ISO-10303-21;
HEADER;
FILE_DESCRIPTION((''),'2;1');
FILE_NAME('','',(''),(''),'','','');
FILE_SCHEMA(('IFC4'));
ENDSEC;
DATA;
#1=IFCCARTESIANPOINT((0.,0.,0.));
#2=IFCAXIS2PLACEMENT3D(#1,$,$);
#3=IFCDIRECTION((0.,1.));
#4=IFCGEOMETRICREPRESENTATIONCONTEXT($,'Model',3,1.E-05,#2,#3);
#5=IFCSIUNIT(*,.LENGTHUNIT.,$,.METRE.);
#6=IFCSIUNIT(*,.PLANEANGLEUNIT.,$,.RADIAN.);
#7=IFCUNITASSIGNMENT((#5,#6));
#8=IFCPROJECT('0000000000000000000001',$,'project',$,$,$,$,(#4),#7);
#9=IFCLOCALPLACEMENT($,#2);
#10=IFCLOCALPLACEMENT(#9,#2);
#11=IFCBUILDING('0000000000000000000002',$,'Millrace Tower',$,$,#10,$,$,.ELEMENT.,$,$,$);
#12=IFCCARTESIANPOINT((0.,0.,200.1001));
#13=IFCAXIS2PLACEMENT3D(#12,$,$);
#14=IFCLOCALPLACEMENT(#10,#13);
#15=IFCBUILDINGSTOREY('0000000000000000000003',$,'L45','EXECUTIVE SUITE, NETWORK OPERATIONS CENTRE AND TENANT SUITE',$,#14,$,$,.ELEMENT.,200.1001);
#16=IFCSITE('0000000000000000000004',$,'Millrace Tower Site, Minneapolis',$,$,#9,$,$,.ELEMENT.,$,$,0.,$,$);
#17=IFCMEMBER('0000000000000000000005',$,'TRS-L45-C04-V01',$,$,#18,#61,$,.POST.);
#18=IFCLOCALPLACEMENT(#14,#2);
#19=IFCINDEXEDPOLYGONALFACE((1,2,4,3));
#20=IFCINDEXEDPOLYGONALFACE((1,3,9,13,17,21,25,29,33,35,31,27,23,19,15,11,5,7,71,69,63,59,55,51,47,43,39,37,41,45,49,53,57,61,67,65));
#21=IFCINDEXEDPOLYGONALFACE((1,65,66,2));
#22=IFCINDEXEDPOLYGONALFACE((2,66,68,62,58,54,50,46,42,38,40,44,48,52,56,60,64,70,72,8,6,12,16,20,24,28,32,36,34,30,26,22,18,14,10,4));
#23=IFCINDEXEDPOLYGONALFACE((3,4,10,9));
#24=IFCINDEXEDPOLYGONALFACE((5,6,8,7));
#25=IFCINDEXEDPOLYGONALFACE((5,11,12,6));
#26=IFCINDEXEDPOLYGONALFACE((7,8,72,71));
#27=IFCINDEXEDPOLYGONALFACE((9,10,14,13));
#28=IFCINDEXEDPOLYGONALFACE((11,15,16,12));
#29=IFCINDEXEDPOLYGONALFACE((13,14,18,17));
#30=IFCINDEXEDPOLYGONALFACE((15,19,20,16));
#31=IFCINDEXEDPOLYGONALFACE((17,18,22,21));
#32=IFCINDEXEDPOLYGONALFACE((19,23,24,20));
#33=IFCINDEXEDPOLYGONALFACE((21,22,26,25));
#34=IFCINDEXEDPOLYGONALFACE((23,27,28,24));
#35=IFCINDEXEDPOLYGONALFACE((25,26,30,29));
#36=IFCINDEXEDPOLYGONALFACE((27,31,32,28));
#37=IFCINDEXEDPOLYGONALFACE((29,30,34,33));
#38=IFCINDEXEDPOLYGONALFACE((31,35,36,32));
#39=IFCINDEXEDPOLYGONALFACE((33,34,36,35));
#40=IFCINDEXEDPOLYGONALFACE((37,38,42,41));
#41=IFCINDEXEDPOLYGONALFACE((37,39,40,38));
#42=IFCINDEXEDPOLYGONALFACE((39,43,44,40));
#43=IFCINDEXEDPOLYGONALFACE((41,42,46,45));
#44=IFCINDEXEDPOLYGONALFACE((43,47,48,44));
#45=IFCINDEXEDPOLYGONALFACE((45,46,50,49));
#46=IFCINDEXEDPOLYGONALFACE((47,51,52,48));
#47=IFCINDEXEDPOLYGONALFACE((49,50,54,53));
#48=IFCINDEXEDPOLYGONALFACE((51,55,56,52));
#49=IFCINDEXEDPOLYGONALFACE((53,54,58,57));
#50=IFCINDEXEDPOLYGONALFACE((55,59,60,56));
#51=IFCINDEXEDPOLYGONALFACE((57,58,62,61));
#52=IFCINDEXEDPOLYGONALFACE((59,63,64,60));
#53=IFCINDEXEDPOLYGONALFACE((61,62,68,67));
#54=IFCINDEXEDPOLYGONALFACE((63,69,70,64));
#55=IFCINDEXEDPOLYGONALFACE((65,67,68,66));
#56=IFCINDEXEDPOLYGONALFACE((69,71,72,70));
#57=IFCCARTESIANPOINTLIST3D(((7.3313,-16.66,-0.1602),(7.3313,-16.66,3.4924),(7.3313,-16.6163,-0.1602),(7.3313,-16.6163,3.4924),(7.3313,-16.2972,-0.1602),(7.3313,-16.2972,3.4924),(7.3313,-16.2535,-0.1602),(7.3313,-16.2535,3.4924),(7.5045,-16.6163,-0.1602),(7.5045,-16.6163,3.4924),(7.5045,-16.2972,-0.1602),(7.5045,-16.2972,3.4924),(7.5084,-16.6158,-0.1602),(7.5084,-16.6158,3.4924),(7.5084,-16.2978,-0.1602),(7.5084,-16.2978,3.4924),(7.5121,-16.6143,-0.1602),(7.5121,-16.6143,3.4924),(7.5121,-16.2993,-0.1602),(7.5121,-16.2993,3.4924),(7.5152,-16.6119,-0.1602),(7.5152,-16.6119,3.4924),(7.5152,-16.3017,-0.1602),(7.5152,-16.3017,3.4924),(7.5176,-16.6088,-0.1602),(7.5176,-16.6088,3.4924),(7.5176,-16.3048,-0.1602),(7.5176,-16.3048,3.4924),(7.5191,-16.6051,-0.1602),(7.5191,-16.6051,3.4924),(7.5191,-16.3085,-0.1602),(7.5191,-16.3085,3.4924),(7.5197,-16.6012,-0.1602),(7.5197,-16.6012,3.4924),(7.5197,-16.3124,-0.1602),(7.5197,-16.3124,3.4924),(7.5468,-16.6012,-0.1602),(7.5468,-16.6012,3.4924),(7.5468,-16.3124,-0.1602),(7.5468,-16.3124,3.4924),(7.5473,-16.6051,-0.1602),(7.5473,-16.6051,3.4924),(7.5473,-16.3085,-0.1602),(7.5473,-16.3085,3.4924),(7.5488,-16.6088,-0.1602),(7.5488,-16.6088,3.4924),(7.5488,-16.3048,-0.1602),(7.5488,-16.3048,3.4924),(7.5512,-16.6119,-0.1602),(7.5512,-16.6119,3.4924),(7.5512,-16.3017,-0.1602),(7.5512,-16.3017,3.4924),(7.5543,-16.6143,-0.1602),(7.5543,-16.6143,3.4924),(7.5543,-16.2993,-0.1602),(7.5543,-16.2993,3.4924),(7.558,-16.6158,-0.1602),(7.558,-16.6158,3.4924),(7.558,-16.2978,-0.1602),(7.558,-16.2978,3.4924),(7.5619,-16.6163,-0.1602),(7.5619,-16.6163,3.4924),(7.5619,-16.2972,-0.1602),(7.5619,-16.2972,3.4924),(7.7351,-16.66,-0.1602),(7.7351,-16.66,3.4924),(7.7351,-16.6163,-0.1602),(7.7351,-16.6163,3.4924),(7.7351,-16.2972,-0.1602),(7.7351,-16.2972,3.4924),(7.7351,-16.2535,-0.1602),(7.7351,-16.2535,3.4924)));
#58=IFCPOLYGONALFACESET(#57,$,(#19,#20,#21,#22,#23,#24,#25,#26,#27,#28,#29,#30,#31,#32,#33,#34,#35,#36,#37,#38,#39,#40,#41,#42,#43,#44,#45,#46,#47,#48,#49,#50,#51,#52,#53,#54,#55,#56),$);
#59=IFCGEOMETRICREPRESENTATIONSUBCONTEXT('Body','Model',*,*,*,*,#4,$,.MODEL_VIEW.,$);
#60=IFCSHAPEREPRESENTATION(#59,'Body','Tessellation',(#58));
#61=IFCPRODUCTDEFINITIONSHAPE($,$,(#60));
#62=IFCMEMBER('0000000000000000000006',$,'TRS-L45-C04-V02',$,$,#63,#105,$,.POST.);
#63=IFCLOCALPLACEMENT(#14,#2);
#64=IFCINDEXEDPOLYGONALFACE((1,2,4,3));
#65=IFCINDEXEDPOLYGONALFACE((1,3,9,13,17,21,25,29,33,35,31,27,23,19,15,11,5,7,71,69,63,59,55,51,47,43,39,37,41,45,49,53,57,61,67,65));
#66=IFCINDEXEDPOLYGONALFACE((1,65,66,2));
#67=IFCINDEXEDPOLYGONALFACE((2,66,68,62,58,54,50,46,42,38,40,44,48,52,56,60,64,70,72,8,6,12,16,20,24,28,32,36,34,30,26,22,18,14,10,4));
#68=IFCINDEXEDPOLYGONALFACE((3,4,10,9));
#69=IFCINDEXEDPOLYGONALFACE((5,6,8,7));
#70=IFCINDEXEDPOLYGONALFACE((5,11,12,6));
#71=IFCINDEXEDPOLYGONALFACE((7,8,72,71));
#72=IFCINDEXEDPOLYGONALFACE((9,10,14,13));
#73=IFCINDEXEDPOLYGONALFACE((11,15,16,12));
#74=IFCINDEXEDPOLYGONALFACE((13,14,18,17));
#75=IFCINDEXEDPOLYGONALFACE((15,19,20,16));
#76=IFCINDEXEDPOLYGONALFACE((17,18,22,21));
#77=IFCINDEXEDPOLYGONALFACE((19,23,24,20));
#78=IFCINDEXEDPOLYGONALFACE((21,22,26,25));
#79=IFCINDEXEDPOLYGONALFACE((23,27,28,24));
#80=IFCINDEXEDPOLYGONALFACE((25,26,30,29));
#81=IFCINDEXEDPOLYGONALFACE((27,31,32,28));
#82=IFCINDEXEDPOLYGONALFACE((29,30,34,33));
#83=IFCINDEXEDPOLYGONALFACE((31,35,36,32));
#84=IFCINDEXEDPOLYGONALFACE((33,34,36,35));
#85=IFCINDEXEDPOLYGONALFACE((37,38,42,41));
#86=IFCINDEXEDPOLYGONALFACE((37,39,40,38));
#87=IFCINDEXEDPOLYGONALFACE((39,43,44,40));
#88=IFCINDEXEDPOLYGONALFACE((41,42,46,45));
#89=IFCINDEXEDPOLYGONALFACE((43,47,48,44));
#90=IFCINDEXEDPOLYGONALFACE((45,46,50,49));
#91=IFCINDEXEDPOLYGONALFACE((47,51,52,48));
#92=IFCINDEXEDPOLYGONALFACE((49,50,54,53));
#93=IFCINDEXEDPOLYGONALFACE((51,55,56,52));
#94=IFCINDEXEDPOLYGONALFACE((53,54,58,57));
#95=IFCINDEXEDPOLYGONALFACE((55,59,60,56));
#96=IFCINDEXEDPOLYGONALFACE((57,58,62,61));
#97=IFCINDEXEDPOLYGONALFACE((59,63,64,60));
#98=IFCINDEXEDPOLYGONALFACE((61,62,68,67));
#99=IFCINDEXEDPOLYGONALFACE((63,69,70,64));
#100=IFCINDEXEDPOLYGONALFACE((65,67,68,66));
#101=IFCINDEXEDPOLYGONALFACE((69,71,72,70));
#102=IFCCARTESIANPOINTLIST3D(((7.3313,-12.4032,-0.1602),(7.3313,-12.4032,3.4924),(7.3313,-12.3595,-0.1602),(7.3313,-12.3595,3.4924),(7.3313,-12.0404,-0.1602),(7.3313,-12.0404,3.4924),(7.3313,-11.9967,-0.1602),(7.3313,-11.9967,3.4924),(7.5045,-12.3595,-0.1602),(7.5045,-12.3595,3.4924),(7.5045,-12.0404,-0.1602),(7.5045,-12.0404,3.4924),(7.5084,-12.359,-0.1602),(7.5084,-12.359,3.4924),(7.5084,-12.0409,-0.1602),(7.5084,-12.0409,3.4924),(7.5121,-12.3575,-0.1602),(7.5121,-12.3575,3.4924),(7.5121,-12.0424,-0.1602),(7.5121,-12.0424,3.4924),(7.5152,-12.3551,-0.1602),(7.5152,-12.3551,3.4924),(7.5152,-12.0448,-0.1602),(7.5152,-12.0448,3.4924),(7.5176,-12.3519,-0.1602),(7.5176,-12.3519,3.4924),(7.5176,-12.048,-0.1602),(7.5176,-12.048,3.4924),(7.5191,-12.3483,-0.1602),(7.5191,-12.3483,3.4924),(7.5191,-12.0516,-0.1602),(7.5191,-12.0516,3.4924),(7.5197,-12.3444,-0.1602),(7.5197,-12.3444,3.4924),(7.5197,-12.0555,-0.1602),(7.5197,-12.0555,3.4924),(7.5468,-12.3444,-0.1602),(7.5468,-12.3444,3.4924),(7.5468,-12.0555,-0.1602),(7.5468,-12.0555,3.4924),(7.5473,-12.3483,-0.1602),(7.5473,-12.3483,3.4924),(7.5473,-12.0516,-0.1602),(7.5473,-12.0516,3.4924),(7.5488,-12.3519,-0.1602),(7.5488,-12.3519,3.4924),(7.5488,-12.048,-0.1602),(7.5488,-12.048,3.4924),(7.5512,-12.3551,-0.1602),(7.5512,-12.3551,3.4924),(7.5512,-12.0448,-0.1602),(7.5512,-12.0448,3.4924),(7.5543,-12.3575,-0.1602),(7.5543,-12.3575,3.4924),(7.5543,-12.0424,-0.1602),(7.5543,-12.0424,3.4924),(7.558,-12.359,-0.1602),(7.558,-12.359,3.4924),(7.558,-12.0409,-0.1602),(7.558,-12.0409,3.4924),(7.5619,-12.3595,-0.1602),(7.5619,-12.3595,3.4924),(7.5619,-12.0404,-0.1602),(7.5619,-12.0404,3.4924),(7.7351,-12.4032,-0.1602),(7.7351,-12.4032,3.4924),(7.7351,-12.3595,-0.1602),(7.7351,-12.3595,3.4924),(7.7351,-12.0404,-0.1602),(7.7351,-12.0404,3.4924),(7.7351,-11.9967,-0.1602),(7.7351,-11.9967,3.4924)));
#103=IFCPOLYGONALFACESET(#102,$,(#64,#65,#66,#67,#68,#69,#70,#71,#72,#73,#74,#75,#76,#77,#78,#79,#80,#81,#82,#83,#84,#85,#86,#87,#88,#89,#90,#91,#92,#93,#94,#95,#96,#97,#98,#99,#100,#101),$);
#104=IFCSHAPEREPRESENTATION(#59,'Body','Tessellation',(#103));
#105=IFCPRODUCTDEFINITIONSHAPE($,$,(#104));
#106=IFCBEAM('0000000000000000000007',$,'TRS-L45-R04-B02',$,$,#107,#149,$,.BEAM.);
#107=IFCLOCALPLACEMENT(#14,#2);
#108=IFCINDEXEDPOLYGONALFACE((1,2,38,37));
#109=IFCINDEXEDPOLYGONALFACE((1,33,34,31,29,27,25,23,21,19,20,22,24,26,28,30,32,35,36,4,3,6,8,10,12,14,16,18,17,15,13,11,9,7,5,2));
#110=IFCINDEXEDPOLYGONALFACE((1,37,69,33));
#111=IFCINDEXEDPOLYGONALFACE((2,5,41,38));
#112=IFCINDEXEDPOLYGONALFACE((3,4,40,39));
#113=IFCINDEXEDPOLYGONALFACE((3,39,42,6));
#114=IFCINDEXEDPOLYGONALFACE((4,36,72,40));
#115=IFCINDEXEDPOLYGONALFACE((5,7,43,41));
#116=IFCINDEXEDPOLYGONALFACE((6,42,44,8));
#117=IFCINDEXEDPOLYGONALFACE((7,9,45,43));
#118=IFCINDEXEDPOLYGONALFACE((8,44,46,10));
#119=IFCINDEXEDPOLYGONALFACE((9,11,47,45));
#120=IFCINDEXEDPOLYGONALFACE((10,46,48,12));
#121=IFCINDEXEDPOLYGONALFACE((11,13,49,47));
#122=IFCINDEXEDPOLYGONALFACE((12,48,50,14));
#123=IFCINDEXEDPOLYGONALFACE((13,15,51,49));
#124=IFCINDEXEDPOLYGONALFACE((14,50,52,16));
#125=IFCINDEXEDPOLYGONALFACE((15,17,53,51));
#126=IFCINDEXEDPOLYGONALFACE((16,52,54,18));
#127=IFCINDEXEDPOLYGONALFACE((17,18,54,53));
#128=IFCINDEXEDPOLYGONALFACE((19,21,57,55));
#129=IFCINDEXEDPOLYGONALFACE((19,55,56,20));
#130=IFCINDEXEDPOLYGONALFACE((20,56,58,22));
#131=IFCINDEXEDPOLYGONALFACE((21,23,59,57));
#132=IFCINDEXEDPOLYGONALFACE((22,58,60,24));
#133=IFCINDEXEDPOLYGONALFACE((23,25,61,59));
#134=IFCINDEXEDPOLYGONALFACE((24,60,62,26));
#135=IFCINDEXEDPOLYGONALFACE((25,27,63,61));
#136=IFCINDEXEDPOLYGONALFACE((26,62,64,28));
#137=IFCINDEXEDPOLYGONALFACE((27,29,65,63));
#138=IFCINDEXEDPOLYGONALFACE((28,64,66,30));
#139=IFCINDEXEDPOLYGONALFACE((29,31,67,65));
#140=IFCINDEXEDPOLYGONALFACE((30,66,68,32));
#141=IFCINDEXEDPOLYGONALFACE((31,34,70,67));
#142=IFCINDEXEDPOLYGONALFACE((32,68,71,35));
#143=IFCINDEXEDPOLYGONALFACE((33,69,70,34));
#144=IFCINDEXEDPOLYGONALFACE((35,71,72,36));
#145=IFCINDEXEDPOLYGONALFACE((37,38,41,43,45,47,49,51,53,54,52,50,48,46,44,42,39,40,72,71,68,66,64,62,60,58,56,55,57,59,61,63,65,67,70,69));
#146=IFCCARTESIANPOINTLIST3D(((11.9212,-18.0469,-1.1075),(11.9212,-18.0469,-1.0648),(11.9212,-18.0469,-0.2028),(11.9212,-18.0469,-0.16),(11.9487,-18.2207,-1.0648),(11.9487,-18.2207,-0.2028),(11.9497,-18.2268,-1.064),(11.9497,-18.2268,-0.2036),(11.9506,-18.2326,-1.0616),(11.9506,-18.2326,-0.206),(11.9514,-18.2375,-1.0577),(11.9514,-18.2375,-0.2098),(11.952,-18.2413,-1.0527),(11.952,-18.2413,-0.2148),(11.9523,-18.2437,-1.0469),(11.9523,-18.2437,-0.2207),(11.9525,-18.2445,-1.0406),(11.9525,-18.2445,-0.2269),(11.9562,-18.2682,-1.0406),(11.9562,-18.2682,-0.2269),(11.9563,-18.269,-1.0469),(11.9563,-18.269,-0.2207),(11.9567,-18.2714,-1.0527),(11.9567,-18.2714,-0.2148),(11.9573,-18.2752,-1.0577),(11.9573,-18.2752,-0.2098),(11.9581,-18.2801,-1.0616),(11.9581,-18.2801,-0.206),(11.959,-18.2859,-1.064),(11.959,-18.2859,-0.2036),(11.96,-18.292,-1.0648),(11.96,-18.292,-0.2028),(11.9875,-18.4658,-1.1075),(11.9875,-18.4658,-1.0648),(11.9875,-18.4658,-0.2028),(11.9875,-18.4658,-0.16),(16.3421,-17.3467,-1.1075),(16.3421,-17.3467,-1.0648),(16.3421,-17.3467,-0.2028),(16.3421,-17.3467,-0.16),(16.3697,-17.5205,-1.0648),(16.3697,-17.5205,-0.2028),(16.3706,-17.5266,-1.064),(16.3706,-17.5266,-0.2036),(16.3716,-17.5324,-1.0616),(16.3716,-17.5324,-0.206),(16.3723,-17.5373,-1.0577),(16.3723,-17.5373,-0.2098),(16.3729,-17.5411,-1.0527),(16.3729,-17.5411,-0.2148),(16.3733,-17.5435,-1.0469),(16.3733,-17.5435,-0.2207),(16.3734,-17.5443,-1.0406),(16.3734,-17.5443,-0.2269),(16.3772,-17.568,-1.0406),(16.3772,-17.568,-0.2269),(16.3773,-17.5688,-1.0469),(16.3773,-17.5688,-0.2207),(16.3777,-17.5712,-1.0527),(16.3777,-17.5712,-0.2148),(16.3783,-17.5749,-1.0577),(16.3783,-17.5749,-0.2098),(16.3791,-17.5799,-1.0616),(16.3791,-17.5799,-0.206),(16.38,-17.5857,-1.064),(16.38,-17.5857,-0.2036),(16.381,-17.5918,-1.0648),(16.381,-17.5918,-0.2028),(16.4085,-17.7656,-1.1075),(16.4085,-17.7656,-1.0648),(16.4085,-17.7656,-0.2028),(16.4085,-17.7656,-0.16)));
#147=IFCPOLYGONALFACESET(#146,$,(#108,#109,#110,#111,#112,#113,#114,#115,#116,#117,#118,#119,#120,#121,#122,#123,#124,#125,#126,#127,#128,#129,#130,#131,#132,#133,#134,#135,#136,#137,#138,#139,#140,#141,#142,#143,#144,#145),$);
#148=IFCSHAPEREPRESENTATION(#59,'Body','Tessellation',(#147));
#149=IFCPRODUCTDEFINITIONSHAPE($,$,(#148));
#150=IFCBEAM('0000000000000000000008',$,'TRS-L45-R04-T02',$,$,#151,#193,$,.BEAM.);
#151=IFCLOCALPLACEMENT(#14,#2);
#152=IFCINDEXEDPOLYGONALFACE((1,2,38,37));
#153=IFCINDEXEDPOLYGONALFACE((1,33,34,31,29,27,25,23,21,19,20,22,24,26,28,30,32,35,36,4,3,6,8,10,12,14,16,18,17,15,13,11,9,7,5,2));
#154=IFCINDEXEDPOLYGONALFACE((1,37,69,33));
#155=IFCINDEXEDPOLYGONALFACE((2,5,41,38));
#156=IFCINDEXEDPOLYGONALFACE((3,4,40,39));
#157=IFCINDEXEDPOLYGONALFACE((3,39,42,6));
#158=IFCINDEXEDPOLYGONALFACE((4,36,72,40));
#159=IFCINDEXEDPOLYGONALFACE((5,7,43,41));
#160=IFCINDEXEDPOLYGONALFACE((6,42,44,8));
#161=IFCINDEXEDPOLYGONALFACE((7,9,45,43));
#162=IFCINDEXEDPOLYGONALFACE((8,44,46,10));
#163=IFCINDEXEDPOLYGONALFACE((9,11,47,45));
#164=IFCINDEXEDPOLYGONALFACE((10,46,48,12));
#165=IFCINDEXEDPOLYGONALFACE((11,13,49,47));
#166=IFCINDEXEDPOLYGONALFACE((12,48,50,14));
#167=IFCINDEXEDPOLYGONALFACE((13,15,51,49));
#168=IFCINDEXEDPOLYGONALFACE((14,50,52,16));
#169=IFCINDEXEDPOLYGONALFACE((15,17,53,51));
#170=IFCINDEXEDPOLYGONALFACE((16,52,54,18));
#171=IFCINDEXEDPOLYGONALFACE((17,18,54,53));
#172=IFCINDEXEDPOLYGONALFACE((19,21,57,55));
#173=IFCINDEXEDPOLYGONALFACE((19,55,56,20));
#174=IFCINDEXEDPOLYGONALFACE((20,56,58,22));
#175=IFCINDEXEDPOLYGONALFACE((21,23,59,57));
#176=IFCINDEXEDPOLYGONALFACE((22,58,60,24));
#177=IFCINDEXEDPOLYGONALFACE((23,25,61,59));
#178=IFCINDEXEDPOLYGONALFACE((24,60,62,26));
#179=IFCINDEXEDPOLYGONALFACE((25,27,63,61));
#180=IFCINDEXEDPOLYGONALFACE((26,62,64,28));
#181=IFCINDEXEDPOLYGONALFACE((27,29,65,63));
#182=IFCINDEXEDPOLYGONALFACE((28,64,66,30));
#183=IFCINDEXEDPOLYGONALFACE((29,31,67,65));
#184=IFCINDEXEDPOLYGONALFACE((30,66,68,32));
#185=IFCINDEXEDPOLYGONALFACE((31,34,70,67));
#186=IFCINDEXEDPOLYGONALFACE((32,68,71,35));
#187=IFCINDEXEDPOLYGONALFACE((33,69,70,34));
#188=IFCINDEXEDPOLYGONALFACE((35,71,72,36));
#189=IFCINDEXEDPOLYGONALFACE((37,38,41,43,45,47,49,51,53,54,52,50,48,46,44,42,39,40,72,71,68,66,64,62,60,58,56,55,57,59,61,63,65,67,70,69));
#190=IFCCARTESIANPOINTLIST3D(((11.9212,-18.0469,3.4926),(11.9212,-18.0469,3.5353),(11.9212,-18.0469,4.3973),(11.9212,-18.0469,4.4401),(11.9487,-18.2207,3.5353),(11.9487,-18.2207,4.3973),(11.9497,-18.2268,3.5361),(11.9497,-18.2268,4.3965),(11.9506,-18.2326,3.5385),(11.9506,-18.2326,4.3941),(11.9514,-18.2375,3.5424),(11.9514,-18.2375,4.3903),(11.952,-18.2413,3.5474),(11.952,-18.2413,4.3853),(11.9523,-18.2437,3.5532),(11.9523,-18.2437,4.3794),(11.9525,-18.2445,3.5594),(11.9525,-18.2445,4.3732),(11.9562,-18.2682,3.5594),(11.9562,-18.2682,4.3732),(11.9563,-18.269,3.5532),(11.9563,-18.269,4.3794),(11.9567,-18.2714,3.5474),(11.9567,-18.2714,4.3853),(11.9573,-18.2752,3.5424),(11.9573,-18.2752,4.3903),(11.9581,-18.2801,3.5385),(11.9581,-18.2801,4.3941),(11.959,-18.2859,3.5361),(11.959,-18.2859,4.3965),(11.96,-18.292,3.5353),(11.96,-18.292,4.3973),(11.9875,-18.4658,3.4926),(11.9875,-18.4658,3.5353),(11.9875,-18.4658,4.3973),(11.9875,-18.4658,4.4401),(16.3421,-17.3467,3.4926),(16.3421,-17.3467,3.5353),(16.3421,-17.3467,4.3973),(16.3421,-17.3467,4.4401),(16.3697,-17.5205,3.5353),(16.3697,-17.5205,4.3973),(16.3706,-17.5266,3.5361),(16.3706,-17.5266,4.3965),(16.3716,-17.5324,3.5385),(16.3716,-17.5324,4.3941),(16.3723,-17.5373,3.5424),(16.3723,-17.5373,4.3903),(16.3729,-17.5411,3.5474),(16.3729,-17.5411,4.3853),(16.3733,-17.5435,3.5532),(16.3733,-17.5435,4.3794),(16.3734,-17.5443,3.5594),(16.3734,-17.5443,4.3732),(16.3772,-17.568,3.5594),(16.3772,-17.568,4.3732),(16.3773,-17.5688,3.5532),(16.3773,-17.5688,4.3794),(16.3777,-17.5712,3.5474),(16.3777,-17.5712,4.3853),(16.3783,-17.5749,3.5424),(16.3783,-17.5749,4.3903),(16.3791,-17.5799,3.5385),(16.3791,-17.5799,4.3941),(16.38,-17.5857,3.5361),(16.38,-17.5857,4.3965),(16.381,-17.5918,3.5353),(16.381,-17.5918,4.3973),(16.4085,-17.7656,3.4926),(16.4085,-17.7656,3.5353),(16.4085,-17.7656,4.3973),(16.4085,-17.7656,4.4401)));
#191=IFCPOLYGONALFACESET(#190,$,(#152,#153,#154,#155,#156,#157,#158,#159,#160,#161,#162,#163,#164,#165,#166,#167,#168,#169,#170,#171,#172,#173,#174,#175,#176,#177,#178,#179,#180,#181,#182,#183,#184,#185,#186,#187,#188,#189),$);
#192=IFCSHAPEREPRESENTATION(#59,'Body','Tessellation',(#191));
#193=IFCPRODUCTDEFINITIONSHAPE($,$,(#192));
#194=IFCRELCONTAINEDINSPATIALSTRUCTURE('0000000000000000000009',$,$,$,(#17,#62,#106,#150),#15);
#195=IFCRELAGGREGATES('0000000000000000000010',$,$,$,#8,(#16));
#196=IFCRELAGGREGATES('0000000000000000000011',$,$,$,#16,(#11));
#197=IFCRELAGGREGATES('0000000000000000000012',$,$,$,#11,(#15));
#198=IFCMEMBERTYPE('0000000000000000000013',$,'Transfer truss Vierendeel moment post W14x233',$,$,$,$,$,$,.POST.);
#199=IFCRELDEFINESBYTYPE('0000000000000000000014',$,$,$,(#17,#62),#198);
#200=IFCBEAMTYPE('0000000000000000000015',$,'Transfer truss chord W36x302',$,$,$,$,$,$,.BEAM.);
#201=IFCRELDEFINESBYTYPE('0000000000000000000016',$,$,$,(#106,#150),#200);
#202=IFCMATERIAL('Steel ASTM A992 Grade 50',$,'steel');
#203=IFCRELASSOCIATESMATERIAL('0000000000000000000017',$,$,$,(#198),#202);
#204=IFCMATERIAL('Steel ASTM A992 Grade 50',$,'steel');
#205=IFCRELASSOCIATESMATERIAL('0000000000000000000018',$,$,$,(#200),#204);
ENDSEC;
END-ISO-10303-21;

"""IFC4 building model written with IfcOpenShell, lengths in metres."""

from ifc_helpers import new_model, si_unit, direction, frame, origin, origin_2d, place, context, subcontext, project, spatial, i_section, extrude, material, material_profile, profile_set, type_object, element, save


model = new_model("IFC4")

# Units and contexts
model_context = context("Model", 3, precision=1e-05, world=origin(), true_north=direction((0.0, 1.0)))
body_context = subcontext(model_context, "Body", "Model", "MODEL_VIEW")
ifc_project = project(units=[si_unit("LENGTHUNIT", "METRE"), si_unit("PLANEANGLEUNIT", "RADIAN")], contexts=[model_context])

# Site, building, storey
site_placement = place(None, origin())
site = spatial("IfcSite", under=ifc_project, at=site_placement, Name="Millrace Tower Site, Minneapolis", CompositionType="ELEMENT", RefElevation=0.0)
building_placement = place(site_placement, origin())
building = spatial("IfcBuilding", under=site, at=building_placement, Name="Millrace Tower", CompositionType="ELEMENT")
storey_placement = place(building_placement, frame((0.0, 0.0, 200.1001)))
storey = spatial("IfcBuildingStorey", under=building, at=storey_placement, Name="L45", Description="EXECUTIVE SUITE, NETWORK OPERATIONS CENTRE AND TENANT SUITE", CompositionType="ELEMENT", Elevation=200.1001)

# Members
ifc_material_1 = material(Name="Steel ASTM A992 Grade 50", Category="steel")
ifc_material_profile_1 = material_profile(ifc_material_1, i_section(OverallWidth=0.4038, OverallDepth=0.4065, WebThickness=0.0271, FlangeThickness=0.0437, FilletRadius=0.0151, at=origin_2d()))
ifc_profile_set_1 = profile_set([ifc_material_profile_1], Name="Steel ASTM A992 Grade 50")
member_type_1 = type_object("IfcMemberType", Name="Transfer truss Vierendeel moment post W14x233", PredefinedType="POST", material=ifc_profile_set_1)
for number, where, z_axis, x_axis, name in (
    (1, (7.5332, -16.4568, -0.1602), (0.0, 0.0, 1.0), (1.0, 0.0, 0.0), "TRS-L45-C04-V01"),
    (2, (7.5332, -12.2, -0.1602), (0.0, 0.0, 1.0), (1.0, 0.0, 0.0), "TRS-L45-C04-V02"),
):
    element("IfcMember", number, at=place(storey_placement, frame(where, z_axis=z_axis, x_axis=x_axis)), inside=storey, type_object=member_type_1, Name=name, PredefinedType="POST", context=body_context, shape_type="SweptSolid", body=[
        extrude(i_section(OverallWidth=0.4038, OverallDepth=0.4065, WebThickness=0.0271, FlangeThickness=0.0437, FilletRadius=0.0151, at=origin_2d()), origin(), (0.0, 0.0, 1.0), 3.6526),
    ])

# Beams
ifc_material_2 = material(Name="Steel ASTM A992 Grade 50", Category="steel")
ifc_material_profile_2 = material_profile(ifc_material_2, i_section(OverallWidth=0.4241, OverallDepth=0.9475, WebThickness=0.0239, FlangeThickness=0.0427, FilletRadius=0.0242, at=origin_2d()))
ifc_profile_set_2 = profile_set([ifc_material_profile_2], Name="Steel ASTM A992 Grade 50")
beam_type_1 = type_object("IfcBeamType", Name="Transfer truss chord W36x302", PredefinedType="BEAM", material=ifc_profile_set_2)
for number, where, z_axis, x_axis, name in (
    (3, (11.9543, -18.2563, -0.6338), (0.987689, 0.156433, 0.0), (-0.156433, 0.987689, 0.0), "TRS-L45-R04-B02"),
    (4, (11.9543, -18.2563, 3.9663), (0.987689, 0.156433, 0.0), (-0.156433, 0.987689, 0.0), "TRS-L45-R04-T02"),
):
    element("IfcBeam", number, at=place(storey_placement, frame(where, z_axis=z_axis, x_axis=x_axis)), inside=storey, type_object=beam_type_1, Name=name, PredefinedType="BEAM", context=body_context, shape_type="SweptSolid", body=[
        extrude(i_section(OverallWidth=0.4241, OverallDepth=0.9475, WebThickness=0.0239, FlangeThickness=0.0427, FilletRadius=0.0242, at=origin_2d()), origin(), (0.0, 0.0, 1.0), 4.4761),
    ])

save(model, "model.ifc")
